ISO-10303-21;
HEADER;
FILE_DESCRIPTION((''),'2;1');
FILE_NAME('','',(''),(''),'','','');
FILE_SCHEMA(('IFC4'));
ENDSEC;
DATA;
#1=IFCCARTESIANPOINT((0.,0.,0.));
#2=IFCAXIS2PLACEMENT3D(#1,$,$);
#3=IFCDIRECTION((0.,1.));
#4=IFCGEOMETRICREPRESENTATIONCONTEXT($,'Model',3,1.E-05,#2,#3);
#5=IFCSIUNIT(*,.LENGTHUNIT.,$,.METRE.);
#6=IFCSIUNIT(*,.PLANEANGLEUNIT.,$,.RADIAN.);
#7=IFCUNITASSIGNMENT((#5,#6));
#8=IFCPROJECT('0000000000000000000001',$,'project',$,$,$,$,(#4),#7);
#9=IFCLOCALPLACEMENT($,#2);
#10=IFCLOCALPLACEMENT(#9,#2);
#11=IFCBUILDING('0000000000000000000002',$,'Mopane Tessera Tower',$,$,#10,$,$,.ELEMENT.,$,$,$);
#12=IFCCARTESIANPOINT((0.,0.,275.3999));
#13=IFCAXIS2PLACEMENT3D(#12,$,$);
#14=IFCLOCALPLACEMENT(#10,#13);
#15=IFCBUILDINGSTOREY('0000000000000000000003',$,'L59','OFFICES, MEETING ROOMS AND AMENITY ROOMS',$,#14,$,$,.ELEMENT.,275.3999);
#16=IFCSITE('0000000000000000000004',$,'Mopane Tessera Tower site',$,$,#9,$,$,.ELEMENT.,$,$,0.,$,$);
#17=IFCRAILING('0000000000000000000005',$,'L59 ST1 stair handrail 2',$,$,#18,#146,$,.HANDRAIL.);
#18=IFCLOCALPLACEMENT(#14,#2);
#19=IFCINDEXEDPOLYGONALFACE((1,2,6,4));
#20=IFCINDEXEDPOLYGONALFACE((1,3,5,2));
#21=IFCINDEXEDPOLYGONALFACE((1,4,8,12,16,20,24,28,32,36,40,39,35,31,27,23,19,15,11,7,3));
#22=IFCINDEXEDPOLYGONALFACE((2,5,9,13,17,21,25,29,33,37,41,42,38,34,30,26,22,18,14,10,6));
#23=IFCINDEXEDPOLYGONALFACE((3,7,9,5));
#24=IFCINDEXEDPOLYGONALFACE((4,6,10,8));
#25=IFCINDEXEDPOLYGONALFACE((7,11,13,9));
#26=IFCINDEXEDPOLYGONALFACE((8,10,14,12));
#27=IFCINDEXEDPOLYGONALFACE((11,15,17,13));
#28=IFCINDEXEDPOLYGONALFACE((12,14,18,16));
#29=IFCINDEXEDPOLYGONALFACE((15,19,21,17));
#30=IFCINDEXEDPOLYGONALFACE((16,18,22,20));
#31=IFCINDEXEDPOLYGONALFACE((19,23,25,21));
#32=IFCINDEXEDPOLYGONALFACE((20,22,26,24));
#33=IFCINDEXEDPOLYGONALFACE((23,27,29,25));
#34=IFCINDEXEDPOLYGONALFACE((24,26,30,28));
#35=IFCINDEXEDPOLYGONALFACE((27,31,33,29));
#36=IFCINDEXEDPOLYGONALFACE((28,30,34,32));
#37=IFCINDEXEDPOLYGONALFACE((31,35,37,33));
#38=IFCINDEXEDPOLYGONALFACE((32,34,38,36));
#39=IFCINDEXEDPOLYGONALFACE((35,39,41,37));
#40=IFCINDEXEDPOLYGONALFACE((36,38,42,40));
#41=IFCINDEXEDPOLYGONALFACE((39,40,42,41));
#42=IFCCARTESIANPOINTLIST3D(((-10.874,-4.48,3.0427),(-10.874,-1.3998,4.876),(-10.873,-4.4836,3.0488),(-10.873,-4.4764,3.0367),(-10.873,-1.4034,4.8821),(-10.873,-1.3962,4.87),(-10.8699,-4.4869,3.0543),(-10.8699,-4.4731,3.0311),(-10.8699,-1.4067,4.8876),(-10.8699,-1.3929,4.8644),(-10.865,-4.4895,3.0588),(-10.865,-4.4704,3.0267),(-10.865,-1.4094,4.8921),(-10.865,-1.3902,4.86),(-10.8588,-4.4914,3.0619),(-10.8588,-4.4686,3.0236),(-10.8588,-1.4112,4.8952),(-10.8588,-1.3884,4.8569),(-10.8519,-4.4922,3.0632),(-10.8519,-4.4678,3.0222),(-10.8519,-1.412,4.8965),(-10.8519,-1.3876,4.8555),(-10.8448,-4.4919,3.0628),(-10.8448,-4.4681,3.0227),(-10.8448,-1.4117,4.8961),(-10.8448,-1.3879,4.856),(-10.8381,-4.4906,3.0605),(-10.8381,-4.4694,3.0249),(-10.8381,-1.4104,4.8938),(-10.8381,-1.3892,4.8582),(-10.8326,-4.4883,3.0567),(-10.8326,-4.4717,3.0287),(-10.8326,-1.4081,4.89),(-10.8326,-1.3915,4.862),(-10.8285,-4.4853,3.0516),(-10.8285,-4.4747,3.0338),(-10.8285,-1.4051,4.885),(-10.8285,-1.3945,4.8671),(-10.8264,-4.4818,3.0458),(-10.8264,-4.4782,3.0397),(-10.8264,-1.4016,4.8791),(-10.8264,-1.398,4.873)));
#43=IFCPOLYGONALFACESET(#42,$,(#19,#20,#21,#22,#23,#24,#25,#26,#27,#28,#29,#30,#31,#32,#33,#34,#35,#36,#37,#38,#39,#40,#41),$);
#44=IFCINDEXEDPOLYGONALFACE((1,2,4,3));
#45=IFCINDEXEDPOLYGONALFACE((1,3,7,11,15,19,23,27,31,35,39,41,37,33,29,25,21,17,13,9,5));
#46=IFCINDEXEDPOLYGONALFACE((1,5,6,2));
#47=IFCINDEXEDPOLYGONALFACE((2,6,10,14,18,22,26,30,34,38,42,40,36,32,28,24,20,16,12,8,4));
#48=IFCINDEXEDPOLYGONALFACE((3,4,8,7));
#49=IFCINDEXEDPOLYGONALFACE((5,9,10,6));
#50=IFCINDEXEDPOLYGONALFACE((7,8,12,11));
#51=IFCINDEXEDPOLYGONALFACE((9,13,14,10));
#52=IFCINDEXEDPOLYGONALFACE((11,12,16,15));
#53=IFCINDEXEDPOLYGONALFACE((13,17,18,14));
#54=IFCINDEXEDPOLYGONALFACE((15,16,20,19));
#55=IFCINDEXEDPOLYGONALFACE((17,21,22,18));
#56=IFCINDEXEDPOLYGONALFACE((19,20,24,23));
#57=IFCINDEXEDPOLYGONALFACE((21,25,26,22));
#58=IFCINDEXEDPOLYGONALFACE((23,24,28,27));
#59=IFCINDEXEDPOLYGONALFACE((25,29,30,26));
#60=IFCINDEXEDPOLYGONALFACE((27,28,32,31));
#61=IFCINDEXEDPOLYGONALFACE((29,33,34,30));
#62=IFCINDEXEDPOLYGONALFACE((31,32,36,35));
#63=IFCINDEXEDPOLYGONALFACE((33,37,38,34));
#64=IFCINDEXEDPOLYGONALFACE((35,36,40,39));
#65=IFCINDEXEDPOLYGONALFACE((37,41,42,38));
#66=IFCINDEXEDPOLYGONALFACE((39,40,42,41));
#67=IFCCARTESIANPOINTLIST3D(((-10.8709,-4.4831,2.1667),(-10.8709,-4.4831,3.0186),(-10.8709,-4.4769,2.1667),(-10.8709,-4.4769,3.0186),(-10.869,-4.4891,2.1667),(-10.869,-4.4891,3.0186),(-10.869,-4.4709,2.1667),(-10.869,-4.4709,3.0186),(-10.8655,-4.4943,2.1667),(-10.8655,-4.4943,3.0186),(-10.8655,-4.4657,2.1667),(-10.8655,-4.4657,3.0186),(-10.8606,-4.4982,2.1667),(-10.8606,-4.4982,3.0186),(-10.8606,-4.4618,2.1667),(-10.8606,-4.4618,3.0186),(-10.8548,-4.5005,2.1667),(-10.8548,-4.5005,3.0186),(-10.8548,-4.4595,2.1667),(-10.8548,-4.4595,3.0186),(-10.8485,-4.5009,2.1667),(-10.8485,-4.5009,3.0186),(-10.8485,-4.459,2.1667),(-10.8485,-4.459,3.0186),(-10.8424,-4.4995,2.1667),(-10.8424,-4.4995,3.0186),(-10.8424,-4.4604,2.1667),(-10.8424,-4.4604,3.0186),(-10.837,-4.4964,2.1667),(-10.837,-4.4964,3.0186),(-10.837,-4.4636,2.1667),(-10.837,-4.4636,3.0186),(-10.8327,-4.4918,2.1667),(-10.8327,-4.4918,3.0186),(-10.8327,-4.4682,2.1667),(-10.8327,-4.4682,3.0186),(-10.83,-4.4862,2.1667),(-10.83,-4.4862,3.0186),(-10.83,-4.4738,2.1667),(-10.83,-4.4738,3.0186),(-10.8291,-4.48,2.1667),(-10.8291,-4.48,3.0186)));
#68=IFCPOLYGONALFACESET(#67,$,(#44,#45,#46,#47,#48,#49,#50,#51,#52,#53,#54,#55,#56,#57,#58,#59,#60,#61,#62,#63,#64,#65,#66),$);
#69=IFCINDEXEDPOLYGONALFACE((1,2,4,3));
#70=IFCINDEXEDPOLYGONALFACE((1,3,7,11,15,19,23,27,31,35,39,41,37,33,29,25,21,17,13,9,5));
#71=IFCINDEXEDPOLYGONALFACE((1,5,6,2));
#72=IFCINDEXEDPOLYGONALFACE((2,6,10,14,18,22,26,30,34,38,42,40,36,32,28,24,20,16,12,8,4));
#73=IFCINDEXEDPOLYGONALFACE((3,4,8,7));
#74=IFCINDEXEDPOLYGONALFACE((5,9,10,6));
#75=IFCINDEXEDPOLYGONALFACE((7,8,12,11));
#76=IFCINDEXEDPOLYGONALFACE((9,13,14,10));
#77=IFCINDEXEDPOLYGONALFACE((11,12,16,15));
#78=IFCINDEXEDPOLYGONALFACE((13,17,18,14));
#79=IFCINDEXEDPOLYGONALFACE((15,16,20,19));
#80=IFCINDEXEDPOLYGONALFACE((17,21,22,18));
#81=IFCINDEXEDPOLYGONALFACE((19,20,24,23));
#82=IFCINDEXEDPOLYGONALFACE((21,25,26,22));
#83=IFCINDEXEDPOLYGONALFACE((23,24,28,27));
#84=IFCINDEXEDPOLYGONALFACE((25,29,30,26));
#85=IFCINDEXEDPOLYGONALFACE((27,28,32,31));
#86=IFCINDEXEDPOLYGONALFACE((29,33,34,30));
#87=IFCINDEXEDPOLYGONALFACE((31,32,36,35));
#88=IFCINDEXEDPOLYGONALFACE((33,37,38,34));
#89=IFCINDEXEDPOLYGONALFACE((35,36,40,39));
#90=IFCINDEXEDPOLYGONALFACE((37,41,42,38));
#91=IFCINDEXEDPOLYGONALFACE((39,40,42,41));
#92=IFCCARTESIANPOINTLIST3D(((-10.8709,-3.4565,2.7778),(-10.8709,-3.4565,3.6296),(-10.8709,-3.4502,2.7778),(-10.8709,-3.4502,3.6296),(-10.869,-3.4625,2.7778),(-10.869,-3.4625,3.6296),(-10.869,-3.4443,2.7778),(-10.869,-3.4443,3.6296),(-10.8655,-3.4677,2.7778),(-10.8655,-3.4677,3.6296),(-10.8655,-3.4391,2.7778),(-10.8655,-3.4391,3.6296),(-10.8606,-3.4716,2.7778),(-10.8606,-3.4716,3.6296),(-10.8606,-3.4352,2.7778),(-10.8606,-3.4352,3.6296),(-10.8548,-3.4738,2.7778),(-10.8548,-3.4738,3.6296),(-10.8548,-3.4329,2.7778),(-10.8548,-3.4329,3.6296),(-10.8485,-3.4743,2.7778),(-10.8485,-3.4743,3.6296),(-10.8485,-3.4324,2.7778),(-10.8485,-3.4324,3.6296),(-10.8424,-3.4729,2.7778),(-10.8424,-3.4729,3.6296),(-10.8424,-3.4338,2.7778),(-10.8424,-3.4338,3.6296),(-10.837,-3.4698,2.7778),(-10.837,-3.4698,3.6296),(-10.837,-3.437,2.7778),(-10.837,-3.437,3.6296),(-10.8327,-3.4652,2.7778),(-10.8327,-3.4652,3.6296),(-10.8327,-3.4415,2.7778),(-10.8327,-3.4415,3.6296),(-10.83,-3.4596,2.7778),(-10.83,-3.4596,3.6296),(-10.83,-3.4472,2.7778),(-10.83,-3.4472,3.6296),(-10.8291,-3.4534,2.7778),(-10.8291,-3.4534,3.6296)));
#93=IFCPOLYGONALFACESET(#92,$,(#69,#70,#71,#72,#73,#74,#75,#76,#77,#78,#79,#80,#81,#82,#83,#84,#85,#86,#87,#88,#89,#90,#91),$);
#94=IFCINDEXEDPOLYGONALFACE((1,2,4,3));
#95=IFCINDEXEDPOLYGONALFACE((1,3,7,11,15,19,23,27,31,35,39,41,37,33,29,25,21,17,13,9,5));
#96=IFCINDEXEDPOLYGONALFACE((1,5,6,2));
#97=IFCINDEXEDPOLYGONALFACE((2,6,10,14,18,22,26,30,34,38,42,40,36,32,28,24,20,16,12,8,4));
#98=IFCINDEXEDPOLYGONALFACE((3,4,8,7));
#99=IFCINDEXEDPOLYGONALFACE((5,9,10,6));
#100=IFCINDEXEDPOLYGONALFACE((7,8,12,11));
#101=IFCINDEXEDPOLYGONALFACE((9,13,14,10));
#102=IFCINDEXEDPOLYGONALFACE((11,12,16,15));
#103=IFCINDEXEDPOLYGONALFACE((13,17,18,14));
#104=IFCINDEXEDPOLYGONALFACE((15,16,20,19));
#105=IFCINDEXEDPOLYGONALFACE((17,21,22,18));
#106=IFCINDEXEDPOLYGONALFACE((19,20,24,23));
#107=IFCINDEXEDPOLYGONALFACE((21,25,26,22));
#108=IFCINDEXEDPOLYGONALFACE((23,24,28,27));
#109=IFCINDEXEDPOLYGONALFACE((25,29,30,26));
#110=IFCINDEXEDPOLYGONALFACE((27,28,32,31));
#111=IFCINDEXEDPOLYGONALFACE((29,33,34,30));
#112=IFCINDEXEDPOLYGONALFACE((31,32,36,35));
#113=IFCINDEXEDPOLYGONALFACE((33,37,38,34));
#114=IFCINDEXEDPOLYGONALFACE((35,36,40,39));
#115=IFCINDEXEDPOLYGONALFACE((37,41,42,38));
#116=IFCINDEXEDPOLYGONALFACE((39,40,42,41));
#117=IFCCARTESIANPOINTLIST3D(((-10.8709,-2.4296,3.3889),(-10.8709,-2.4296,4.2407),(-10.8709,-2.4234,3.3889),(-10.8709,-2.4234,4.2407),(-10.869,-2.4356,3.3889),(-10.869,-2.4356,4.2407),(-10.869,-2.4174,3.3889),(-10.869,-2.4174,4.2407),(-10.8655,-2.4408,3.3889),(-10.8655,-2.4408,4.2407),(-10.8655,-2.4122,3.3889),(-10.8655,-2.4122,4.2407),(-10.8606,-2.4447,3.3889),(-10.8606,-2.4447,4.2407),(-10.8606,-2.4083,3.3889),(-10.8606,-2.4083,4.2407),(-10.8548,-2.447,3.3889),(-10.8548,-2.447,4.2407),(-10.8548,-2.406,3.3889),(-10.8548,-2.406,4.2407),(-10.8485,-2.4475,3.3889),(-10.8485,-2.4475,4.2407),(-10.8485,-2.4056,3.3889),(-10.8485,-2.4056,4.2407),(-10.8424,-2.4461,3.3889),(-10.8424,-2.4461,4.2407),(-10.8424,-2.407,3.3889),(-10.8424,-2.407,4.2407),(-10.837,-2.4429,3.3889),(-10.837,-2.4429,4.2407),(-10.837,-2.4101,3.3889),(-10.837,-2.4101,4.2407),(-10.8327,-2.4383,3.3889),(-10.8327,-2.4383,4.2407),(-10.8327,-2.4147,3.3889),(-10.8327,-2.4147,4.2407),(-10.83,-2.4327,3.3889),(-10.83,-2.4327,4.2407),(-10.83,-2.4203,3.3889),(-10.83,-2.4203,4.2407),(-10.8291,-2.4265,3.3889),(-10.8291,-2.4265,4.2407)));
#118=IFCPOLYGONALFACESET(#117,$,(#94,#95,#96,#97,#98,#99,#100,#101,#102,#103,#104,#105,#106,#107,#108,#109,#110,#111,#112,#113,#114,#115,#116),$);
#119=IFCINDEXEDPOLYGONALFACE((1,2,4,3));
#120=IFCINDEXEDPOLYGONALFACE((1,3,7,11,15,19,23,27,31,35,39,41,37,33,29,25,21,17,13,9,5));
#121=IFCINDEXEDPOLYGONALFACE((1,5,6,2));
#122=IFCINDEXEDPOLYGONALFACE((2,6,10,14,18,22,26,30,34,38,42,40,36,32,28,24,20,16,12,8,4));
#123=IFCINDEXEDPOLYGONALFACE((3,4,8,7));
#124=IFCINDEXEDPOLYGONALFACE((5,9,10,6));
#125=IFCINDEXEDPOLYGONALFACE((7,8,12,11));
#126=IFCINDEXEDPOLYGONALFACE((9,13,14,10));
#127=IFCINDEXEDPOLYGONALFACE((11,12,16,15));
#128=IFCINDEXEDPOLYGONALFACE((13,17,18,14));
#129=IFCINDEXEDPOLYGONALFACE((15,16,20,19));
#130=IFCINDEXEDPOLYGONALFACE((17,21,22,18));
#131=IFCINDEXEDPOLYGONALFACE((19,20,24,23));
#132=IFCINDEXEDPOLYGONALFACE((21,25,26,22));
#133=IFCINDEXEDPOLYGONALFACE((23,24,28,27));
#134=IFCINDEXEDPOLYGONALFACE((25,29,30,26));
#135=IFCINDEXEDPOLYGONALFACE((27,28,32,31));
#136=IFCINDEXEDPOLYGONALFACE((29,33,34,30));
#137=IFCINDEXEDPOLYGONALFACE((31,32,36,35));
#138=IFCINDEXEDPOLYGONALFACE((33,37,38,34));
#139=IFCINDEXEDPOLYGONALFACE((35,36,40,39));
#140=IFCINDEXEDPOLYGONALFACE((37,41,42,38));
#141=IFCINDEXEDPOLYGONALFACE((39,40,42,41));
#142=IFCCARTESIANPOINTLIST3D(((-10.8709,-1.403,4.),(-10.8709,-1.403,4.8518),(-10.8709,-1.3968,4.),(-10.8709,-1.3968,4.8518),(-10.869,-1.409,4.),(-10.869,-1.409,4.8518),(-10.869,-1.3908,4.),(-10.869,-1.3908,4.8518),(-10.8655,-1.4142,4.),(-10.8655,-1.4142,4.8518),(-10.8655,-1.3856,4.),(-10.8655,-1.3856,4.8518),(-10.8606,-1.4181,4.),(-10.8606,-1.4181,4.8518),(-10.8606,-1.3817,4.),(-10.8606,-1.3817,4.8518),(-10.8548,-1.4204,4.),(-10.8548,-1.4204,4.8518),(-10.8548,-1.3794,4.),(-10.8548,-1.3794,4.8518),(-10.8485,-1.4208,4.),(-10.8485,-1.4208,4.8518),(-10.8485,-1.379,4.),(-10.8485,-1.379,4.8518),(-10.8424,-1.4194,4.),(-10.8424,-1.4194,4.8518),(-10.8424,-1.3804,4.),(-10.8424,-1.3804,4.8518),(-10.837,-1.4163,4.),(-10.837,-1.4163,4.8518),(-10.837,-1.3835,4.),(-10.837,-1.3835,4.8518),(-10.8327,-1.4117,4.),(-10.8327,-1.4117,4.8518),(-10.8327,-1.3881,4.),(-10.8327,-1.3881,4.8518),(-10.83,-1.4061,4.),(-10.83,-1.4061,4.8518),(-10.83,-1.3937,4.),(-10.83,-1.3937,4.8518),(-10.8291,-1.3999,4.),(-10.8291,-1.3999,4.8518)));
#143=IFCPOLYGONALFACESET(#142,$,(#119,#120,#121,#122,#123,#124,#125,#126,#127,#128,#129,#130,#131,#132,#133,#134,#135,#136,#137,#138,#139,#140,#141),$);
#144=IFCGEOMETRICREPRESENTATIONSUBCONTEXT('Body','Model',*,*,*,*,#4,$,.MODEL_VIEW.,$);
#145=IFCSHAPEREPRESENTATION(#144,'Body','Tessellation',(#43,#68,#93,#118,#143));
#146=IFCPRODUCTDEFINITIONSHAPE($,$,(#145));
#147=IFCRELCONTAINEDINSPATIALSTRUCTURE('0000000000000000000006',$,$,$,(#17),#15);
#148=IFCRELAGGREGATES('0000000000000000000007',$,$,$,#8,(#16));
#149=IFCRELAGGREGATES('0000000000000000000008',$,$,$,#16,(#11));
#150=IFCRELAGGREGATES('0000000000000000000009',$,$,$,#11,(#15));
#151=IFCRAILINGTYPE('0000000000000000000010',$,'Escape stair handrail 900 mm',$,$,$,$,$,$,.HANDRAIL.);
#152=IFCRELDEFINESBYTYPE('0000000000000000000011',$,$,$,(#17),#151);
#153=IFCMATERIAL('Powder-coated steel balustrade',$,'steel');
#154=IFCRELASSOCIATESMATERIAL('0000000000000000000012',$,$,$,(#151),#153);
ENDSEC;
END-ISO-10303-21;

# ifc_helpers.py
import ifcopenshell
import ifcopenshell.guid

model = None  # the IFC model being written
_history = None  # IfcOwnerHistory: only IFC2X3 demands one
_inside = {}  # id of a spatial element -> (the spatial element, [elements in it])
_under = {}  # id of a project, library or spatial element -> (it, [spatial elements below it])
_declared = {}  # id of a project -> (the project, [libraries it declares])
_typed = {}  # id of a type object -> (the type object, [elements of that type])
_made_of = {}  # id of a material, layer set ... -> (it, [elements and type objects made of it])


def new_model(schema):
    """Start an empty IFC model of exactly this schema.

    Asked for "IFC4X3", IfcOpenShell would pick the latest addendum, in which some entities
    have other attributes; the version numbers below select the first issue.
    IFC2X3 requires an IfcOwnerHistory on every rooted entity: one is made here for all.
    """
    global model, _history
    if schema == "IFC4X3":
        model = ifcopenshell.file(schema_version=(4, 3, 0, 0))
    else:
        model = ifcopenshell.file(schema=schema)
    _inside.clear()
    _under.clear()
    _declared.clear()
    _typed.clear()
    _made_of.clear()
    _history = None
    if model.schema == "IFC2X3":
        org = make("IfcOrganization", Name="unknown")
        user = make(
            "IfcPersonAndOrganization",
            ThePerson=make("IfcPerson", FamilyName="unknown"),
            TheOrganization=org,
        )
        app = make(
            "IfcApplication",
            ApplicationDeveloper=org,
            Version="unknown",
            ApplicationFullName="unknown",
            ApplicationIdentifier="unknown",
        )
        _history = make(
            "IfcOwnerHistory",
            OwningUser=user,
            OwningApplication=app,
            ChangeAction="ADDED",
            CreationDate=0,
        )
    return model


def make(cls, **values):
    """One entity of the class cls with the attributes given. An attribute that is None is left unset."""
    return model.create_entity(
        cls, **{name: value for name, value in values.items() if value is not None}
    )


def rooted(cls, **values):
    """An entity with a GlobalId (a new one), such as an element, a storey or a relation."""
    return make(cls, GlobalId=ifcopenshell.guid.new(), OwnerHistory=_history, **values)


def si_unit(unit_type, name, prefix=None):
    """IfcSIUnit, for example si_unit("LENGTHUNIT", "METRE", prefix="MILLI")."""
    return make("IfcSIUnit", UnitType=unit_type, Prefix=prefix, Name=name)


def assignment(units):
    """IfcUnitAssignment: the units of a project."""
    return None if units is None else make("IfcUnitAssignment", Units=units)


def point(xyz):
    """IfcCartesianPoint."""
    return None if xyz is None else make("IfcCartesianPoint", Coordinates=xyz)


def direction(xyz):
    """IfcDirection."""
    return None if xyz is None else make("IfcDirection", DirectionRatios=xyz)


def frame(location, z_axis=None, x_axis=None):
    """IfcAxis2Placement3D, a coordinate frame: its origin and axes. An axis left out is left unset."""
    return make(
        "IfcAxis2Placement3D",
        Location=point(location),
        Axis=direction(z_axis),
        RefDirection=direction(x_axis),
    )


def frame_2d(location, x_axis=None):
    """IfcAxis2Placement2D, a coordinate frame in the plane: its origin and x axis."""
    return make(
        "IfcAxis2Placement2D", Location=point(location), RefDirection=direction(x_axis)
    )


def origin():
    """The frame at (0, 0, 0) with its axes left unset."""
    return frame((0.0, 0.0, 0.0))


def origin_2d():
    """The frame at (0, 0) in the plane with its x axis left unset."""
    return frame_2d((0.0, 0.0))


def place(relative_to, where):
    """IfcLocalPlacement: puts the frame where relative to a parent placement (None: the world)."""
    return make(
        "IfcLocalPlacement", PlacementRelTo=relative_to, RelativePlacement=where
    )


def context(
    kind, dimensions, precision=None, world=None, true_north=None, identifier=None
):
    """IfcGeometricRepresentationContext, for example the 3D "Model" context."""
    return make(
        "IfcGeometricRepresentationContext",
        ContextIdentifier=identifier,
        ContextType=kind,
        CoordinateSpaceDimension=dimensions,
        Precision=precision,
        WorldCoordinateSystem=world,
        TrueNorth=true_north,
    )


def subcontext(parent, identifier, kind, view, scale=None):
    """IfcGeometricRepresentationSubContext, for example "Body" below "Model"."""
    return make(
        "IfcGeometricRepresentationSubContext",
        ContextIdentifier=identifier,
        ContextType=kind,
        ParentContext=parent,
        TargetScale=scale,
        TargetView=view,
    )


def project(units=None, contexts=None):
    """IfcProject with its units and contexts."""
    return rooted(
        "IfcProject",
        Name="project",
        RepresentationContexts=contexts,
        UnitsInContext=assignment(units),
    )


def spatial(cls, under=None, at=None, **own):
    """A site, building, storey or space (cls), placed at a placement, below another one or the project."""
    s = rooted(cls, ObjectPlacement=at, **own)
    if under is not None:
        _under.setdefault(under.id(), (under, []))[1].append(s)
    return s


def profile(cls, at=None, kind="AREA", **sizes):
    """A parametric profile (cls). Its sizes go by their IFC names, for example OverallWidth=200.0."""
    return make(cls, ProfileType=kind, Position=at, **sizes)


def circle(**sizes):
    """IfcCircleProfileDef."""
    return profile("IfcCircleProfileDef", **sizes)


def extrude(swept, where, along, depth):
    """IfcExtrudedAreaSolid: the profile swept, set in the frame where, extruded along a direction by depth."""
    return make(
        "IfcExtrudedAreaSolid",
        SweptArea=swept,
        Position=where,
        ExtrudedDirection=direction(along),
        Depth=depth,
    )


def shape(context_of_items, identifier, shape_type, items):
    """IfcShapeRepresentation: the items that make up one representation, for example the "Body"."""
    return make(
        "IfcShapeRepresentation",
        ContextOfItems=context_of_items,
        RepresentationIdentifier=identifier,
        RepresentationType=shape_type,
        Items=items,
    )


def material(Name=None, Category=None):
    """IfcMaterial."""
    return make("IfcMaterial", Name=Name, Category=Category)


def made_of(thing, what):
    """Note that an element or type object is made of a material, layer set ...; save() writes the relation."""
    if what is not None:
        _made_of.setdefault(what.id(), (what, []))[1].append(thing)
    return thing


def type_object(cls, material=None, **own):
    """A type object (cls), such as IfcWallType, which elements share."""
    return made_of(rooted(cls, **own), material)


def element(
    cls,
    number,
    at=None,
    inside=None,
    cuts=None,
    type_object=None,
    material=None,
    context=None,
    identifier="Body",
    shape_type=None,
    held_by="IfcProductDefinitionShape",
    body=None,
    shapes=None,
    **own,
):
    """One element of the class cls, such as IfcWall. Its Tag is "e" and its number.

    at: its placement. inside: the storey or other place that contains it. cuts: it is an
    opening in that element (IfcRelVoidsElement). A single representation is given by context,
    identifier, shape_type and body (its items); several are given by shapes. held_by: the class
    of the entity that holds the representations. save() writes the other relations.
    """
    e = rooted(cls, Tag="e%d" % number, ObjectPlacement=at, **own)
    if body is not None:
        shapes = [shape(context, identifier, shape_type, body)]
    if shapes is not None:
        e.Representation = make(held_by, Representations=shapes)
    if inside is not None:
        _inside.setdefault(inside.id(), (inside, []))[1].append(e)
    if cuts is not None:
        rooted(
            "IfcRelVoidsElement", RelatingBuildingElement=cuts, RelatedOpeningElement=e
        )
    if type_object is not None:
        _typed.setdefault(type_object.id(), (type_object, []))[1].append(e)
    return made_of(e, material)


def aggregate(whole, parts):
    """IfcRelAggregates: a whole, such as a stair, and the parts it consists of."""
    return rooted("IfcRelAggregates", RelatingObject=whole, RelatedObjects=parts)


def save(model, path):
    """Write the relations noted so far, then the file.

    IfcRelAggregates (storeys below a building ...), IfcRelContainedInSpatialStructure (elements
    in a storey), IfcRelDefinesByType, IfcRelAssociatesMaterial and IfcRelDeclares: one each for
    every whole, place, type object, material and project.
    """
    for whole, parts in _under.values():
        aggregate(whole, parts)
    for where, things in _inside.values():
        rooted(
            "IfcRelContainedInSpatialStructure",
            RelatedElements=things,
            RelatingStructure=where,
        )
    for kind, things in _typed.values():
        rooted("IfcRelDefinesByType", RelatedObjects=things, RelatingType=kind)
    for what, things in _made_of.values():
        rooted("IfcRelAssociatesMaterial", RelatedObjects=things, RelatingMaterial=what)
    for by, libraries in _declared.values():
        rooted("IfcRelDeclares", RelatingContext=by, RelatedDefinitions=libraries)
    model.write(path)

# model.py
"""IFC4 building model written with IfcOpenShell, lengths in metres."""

from ifc_helpers import new_model, si_unit, direction, frame, origin, origin_2d, place, context, subcontext, project, spatial, circle, extrude, material, type_object, element, save


model = new_model("IFC4")

# Units and contexts
model_context = context("Model", 3, precision=1e-05, world=origin(), true_north=direction((0.0, 1.0)))
body_context = subcontext(model_context, "Body", "Model", "MODEL_VIEW")
ifc_project = project(units=[si_unit("LENGTHUNIT", "METRE"), si_unit("PLANEANGLEUNIT", "RADIAN")], contexts=[model_context])

# Site, building, storey
site_placement = place(None, origin())
site = spatial("IfcSite", under=ifc_project, at=site_placement, Name="Mopane Tessera Tower site", CompositionType="ELEMENT", RefElevation=0.0)
building_placement = place(site_placement, origin())
building = spatial("IfcBuilding", under=site, at=building_placement, Name="Mopane Tessera Tower", CompositionType="ELEMENT")
storey_placement = place(building_placement, frame((0.0, 0.0, 275.3999)))
storey = spatial("IfcBuildingStorey", under=building, at=storey_placement, Name="L59", Description="OFFICES, MEETING ROOMS AND AMENITY ROOMS", CompositionType="ELEMENT", Elevation=275.3999)

# Railing
ifc_material_1 = material(Name="Powder-coated steel balustrade", Category="steel")
railing_type_1 = type_object("IfcRailingType", Name="Escape stair handrail 900 mm", PredefinedType="HANDRAIL", material=ifc_material_1)
railing_1_placement = place(storey_placement, frame((-10.8501, -4.48, 2.1667)))
element("IfcRailing", 1, at=railing_1_placement, inside=storey, type_object=railing_type_1, Name="L59 ST1 stair handrail 2", PredefinedType="HANDRAIL", context=body_context, shape_type="SweptSolid", body=[
    extrude(circle(Radius=0.0239, at=origin_2d()), frame((0.0, 0.0, 0.876), z_axis=(0.0, 0.859309, 0.511458), x_axis=(-1.0, 0.0, 0.0)), (0.0, 0.0, 1.0), 3.5845),
    extrude(circle(Radius=0.021, at=origin_2d()), origin(), (0.0, 0.0, 1.0), 0.8518),
    extrude(circle(Radius=0.021, at=origin_2d()), frame((0.0, 1.0266, 0.6111)), (0.0, 0.0, 1.0), 0.8518),
    extrude(circle(Radius=0.021, at=origin_2d()), frame((0.0, 2.0535, 1.2222)), (0.0, 0.0, 1.0), 0.8518),
    extrude(circle(Radius=0.021, at=origin_2d()), frame((0.0, 3.0801, 1.8333)), (0.0, 0.0, 1.0), 0.8518),
])

save(model, "model.ifc")
